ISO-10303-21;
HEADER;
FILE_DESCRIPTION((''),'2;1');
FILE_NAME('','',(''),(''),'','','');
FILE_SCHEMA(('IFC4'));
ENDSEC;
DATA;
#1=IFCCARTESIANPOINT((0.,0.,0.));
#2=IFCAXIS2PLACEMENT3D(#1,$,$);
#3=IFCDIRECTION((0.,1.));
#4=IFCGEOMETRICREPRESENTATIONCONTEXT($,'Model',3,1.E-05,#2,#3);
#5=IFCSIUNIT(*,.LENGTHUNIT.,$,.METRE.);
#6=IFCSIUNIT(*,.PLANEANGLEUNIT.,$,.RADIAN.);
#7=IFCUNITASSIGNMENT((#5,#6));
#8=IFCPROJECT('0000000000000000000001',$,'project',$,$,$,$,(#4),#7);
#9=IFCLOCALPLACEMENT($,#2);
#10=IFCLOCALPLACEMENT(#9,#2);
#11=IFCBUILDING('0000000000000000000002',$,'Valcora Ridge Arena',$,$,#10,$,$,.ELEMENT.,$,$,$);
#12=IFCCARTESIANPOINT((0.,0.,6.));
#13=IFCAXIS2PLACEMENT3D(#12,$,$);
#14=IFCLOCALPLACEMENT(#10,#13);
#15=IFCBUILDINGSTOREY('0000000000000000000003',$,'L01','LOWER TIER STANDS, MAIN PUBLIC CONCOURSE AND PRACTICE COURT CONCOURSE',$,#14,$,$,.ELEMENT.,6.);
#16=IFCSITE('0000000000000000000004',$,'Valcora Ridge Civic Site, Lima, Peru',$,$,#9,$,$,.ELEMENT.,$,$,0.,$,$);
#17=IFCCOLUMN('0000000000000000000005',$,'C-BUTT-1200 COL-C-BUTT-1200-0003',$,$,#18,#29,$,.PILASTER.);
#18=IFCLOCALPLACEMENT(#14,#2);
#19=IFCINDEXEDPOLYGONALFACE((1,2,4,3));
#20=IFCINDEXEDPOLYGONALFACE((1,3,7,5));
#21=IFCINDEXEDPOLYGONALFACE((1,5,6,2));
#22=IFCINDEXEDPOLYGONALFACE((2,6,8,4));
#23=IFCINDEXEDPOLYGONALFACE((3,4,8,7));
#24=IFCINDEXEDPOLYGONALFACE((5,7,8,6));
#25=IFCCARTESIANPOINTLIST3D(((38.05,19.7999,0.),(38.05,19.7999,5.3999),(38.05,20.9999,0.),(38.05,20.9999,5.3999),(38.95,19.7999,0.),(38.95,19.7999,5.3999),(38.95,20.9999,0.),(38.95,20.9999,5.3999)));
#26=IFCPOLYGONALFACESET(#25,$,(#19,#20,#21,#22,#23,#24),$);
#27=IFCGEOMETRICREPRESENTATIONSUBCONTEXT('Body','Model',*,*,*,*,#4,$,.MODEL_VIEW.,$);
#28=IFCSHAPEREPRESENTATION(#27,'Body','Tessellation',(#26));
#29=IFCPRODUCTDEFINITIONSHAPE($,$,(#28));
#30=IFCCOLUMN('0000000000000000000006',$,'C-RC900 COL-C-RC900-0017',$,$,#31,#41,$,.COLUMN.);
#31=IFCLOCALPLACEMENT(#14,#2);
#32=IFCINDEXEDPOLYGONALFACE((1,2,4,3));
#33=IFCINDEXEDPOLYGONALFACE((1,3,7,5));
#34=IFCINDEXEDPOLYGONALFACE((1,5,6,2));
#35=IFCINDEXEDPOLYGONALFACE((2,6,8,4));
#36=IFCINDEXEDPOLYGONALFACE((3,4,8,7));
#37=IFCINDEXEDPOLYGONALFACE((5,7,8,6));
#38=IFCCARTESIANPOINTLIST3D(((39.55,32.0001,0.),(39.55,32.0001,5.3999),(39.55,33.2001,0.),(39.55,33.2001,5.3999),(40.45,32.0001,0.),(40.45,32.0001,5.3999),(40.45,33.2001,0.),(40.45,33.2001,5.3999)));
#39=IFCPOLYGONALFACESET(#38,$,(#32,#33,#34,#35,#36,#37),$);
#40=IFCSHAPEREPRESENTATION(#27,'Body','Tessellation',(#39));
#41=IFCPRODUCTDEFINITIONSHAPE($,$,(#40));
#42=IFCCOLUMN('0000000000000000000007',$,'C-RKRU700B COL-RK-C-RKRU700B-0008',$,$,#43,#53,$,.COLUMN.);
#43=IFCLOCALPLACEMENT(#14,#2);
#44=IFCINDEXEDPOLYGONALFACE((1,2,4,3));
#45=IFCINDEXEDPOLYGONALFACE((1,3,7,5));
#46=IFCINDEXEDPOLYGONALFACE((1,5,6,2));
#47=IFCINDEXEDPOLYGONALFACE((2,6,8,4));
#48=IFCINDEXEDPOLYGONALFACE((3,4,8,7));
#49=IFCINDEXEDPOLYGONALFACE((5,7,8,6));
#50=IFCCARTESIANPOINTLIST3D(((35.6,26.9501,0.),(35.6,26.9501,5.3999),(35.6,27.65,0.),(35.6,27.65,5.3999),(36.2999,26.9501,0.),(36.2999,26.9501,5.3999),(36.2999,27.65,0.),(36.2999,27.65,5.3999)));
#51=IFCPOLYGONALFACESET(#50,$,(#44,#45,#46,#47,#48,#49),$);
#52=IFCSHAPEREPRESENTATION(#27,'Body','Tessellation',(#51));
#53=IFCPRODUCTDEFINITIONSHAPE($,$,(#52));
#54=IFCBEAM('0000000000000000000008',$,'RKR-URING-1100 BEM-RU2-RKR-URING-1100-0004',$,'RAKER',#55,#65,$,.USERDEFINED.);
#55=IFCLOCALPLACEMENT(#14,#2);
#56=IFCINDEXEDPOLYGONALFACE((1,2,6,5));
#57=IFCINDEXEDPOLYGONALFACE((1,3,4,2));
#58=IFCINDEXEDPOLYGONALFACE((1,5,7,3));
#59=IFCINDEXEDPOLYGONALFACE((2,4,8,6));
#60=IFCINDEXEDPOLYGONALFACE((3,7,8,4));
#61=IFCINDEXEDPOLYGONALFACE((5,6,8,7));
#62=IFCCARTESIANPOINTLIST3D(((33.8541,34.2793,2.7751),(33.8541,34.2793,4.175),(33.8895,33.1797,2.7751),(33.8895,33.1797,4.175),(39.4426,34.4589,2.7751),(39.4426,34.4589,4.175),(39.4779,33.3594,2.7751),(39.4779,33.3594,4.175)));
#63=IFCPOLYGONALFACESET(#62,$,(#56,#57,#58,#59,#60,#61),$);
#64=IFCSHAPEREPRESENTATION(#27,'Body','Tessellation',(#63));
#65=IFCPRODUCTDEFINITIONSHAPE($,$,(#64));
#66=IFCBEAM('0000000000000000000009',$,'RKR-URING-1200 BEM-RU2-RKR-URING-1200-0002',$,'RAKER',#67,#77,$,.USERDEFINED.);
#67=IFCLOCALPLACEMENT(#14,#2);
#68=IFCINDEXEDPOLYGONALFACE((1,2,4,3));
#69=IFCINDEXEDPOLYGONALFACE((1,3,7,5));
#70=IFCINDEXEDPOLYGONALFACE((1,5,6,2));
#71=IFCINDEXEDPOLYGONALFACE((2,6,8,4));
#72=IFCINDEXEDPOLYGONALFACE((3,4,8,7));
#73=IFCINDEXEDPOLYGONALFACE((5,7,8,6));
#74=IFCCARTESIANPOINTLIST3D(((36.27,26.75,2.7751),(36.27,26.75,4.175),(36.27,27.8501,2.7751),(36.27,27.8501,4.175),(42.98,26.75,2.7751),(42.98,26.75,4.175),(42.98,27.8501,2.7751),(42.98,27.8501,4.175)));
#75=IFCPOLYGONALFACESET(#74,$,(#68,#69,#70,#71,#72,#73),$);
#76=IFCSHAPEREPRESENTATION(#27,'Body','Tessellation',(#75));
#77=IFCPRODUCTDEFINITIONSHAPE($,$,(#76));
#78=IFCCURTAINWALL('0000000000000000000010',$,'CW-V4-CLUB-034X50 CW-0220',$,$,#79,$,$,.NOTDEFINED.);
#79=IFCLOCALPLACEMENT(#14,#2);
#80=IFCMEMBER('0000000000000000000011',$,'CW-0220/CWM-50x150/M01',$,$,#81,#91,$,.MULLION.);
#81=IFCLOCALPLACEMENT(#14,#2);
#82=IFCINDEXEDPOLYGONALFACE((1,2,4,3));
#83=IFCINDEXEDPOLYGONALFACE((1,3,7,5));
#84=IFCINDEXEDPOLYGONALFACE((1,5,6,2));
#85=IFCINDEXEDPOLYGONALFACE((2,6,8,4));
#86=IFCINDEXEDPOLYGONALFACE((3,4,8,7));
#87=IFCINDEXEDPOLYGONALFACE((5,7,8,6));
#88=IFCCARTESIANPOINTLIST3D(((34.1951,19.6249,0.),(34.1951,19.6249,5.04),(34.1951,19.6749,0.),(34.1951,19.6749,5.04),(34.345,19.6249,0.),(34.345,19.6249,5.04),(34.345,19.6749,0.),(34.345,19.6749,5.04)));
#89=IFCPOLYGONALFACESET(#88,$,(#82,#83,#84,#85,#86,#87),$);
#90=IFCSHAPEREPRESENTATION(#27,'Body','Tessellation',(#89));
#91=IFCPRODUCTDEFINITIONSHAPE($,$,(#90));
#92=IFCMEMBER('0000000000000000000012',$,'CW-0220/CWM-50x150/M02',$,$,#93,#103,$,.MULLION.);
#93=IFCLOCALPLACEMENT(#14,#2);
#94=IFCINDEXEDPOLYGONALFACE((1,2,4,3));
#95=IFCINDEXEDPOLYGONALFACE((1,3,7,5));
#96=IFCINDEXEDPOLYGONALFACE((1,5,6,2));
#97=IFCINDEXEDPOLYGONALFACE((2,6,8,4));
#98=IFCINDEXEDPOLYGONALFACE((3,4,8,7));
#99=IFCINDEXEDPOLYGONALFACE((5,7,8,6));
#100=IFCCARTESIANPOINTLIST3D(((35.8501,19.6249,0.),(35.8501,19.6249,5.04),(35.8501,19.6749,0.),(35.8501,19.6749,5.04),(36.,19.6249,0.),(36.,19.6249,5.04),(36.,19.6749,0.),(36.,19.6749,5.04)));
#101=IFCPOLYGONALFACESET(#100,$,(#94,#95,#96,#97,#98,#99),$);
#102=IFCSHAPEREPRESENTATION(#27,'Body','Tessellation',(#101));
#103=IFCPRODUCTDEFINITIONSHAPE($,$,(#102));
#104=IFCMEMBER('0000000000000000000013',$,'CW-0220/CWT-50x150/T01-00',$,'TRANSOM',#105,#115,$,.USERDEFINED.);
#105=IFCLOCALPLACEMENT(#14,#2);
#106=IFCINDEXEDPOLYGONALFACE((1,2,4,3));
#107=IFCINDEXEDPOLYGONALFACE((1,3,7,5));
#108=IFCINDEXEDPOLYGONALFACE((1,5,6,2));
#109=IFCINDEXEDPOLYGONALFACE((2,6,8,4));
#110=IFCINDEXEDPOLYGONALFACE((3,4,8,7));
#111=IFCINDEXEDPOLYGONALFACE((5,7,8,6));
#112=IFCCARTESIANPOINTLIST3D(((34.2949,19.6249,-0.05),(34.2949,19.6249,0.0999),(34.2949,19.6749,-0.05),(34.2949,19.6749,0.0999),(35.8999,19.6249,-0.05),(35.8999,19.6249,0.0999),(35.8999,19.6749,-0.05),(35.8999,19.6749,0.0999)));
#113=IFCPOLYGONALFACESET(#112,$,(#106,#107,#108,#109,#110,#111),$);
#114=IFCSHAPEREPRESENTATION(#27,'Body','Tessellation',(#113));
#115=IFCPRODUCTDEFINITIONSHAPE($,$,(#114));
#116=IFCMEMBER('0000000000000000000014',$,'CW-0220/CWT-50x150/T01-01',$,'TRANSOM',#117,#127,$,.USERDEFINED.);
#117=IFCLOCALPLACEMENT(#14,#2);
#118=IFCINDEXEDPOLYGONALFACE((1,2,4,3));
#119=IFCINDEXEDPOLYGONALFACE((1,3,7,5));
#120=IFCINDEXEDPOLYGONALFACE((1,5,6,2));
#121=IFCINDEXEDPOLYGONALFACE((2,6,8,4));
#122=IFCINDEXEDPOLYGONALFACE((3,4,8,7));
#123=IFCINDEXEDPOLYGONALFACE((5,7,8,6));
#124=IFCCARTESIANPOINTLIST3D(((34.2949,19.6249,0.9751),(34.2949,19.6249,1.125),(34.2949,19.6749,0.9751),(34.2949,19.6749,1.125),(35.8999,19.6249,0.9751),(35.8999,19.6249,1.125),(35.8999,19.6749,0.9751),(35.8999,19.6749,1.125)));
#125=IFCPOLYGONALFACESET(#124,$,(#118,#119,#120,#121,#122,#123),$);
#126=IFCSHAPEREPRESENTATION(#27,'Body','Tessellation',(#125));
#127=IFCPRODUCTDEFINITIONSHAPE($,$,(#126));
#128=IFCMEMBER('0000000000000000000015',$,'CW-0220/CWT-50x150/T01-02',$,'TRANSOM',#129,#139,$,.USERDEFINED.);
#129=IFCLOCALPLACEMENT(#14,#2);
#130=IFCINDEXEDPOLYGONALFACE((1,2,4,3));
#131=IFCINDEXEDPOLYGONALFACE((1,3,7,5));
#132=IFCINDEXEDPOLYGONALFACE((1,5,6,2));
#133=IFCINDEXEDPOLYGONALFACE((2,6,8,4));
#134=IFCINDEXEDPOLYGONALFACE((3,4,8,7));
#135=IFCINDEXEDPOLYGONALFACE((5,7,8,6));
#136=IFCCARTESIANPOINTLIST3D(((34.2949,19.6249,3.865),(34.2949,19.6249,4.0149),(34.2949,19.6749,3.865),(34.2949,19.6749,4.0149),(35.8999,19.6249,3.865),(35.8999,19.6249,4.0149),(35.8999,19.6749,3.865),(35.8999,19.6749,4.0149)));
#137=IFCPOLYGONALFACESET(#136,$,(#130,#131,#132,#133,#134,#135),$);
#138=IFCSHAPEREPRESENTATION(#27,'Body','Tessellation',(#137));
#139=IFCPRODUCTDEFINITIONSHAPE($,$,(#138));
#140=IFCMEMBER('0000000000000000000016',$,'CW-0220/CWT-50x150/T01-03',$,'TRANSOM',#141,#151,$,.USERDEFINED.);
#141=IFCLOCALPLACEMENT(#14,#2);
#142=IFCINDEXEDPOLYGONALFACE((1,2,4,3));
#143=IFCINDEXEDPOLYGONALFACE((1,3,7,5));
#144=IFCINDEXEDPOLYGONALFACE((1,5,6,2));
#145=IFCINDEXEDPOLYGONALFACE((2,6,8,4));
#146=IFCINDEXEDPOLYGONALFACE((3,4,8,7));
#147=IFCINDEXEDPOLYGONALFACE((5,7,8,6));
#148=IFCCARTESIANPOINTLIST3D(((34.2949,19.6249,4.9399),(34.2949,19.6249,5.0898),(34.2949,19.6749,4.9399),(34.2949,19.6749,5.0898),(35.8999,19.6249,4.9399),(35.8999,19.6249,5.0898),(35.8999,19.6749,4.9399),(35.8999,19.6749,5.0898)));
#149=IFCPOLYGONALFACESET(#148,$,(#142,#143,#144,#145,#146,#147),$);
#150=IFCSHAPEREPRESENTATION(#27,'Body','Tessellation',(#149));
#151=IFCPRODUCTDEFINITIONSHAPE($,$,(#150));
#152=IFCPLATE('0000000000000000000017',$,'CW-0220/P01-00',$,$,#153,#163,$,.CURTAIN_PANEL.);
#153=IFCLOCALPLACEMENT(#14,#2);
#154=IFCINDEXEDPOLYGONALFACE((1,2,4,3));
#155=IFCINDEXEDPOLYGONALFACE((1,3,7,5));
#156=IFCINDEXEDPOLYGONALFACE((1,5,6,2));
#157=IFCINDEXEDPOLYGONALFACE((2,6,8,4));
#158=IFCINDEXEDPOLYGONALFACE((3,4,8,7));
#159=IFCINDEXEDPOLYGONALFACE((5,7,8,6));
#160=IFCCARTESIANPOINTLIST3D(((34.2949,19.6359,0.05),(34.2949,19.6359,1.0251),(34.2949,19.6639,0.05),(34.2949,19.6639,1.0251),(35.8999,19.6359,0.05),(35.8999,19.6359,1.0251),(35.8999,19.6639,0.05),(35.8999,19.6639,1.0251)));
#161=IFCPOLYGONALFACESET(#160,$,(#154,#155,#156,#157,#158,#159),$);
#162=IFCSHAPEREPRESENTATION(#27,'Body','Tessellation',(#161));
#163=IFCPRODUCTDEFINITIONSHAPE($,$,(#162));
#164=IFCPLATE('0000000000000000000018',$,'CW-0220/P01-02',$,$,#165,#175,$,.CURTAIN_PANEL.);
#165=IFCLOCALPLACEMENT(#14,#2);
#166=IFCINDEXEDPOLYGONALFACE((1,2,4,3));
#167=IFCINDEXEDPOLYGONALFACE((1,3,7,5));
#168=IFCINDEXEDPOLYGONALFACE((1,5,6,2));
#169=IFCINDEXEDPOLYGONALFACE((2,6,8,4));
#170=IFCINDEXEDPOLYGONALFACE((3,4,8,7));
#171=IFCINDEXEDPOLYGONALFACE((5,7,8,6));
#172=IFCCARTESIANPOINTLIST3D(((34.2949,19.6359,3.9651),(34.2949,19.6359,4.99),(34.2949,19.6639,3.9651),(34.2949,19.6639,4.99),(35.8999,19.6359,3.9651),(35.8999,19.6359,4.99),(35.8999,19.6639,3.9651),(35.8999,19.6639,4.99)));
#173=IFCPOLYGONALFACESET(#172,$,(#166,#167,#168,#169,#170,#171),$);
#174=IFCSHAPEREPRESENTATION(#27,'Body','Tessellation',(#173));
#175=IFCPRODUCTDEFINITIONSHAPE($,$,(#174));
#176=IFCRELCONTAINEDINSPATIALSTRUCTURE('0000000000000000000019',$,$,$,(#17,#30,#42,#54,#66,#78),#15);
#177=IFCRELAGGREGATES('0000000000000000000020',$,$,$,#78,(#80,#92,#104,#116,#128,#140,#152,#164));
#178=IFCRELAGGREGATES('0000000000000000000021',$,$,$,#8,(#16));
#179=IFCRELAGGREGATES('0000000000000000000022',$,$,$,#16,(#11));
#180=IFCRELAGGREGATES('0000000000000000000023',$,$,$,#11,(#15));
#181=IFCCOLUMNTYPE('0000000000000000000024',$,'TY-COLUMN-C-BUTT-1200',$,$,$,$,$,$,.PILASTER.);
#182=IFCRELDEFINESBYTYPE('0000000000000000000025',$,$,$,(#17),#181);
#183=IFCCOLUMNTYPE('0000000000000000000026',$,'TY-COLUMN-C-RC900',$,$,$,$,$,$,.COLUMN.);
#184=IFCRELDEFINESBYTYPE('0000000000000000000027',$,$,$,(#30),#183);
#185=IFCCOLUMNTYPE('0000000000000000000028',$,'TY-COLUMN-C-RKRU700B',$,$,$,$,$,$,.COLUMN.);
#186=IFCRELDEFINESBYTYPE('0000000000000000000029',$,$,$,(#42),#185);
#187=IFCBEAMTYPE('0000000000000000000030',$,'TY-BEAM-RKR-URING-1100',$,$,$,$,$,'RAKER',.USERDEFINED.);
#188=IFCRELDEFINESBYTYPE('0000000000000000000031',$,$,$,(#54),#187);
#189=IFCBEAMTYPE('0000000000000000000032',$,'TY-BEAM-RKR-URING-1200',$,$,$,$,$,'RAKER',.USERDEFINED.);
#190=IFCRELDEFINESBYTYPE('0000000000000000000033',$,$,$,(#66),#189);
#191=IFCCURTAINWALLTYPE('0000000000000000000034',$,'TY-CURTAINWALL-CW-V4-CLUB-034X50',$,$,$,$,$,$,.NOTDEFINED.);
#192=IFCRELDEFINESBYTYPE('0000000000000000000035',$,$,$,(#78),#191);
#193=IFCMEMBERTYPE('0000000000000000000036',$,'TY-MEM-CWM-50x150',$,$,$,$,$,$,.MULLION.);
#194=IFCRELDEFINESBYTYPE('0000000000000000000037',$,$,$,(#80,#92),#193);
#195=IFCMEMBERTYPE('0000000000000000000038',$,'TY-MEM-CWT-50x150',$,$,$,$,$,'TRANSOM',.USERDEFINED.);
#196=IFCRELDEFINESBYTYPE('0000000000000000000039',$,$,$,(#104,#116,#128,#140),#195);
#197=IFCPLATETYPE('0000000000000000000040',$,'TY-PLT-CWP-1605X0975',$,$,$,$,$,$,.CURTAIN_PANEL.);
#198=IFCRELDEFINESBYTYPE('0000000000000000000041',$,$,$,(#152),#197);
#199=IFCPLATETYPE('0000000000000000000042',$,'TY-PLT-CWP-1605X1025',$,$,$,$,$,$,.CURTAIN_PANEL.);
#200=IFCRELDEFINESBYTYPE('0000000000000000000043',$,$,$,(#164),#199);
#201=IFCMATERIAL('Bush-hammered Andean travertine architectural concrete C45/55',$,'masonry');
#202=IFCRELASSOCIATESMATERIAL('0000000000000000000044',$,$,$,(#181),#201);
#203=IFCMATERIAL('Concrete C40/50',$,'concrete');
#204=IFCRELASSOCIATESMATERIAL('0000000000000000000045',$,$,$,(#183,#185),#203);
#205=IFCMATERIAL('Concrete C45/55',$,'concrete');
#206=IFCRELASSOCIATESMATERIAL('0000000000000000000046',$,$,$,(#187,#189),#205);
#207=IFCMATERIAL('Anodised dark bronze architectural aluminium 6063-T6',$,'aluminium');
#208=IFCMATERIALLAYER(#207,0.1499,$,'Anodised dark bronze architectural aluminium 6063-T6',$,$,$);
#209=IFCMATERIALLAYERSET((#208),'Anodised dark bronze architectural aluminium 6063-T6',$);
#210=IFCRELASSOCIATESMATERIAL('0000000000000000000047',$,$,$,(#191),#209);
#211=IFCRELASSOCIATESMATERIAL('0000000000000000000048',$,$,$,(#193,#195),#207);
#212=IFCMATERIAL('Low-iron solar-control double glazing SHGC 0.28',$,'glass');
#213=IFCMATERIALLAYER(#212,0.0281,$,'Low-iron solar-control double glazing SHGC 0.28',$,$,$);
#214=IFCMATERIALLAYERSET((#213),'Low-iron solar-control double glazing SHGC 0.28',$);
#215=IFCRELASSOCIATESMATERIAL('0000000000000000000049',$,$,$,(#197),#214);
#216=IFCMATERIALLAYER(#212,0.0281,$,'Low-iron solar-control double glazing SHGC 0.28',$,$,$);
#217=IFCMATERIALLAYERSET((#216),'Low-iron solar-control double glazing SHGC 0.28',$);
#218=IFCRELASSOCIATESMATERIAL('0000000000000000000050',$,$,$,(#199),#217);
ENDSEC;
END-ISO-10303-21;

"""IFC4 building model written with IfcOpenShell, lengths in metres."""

from ifc_helpers import new_model, si_unit, direction, frame, origin, origin_2d, place, context, subcontext, project, spatial, rectangle, extrude, material, layer, layer_set, material_profile, profile_set, type_object, element, aggregate, save


model = new_model("IFC4")

# Units and contexts
model_context = context("Model", 3, precision=1e-05, world=origin(), true_north=direction((0.0, 1.0)))
body_context = subcontext(model_context, "Body", "Model", "MODEL_VIEW")
ifc_project = project(units=[si_unit("LENGTHUNIT", "METRE"), si_unit("PLANEANGLEUNIT", "RADIAN")], contexts=[model_context])

# Site, building, storey
site_placement = place(None, origin())
site = spatial("IfcSite", under=ifc_project, at=site_placement, Name="Valcora Ridge Civic Site, Lima, Peru", CompositionType="ELEMENT", RefElevation=0.0)
building_placement = place(site_placement, origin())
building = spatial("IfcBuilding", under=site, at=building_placement, Name="Valcora Ridge Arena", CompositionType="ELEMENT")
storey_placement = place(building_placement, frame((0.0, 0.0, 6.0)))
storey = spatial("IfcBuildingStorey", under=building, at=storey_placement, Name="L01", Description="LOWER TIER STANDS, MAIN PUBLIC CONCOURSE AND PRACTICE COURT CONCOURSE", CompositionType="ELEMENT", Elevation=6.0)

# Columns
ifc_material_1 = material(Name="Bush-hammered Andean travertine architectural concrete C45/55", Category="masonry")
ifc_material_profile_1 = material_profile(ifc_material_1, rectangle(XDim=0.8999, YDim=1.2, at=origin_2d()), Name="RC 900x1200")
ifc_profile_set_1 = profile_set([ifc_material_profile_1], Name="Bush-hammered Andean travertine architectural concrete C45/55")
column_type_1 = type_object("IfcColumnType", Name="TY-COLUMN-C-BUTT-1200", PredefinedType="PILASTER", material=ifc_profile_set_1)
column_1_placement = place(storey_placement, frame((38.5, 20.3999, 0.0), z_axis=(0.0, 0.0, 1.0), x_axis=(1.0, 0.0, 0.0)))
element("IfcColumn", 1, at=column_1_placement, inside=storey, type_object=column_type_1, Name="C-BUTT-1200 COL-C-BUTT-1200-0003", PredefinedType="PILASTER", context=body_context, shape_type="SweptSolid", body=[
    extrude(rectangle(XDim=0.8999, YDim=1.2, at=origin_2d()), origin(), (0.0, 0.0, 1.0), 5.3999),
])
ifc_material_2 = material(Name="Concrete C40/50", Category="concrete")
ifc_material_profile_2 = material_profile(ifc_material_2, rectangle(XDim=0.8999, YDim=1.2, at=origin_2d()), Name="RC 900x1200")
ifc_profile_set_2 = profile_set([ifc_material_profile_2], Name="Concrete C40/50")
column_type_2 = type_object("IfcColumnType", Name="TY-COLUMN-C-RC900", PredefinedType="COLUMN", material=ifc_profile_set_2)
column_2_placement = place(storey_placement, frame((40.0, 32.6001, 0.0), z_axis=(0.0, 0.0, 1.0), x_axis=(1.0, 0.0, 0.0)))
element("IfcColumn", 2, at=column_2_placement, inside=storey, type_object=column_type_2, Name="C-RC900 COL-C-RC900-0017", PredefinedType="COLUMN", context=body_context, shape_type="SweptSolid", body=[
    extrude(rectangle(XDim=0.8999, YDim=1.2, at=origin_2d()), origin(), (0.0, 0.0, 1.0), 5.3999),
])
ifc_material_profile_3 = material_profile(ifc_material_2, rectangle(XDim=0.7, YDim=0.7, at=origin_2d()), Name="RC 700x700")
ifc_profile_set_3 = profile_set([ifc_material_profile_3], Name="Concrete C40/50")
column_type_3 = type_object("IfcColumnType", Name="TY-COLUMN-C-RKRU700B", PredefinedType="COLUMN", material=ifc_profile_set_3)
column_3_placement = place(storey_placement, frame((35.95, 27.3, 0.0), z_axis=(0.0, 0.0, 1.0), x_axis=(1.0, 0.0, 0.0)))
element("IfcColumn", 3, at=column_3_placement, inside=storey, type_object=column_type_3, Name="C-RKRU700B COL-RK-C-RKRU700B-0008", PredefinedType="COLUMN", context=body_context, shape_type="SweptSolid", body=[
    extrude(rectangle(XDim=0.7, YDim=0.7, at=origin_2d()), origin(), (0.0, 0.0, 1.0), 5.3999),
])

# Beams
ifc_material_3 = material(Name="Concrete C45/55", Category="concrete")
ifc_material_profile_4 = material_profile(ifc_material_3, rectangle(XDim=1.1001, YDim=1.3999, at=origin_2d()), Name="RC 1100x1400")
ifc_profile_set_4 = profile_set([ifc_material_profile_4], Name="Concrete C45/55")
beam_type_1 = type_object("IfcBeamType", Name="TY-BEAM-RKR-URING-1100", ElementType="RAKER", PredefinedType="USERDEFINED", material=ifc_profile_set_4)
beam_1_placement = place(storey_placement, frame((33.8718, 33.7295, 3.4751), z_axis=(0.999483, 0.032137, 0.0), x_axis=(-0.032137, 0.999483, 0.0)))
element("IfcBeam", 4, at=beam_1_placement, inside=storey, type_object=beam_type_1, Name="RKR-URING-1100 BEM-RU2-RKR-URING-1100-0004", ObjectType="RAKER", PredefinedType="USERDEFINED", context=body_context, shape_type="SweptSolid", body=[
    extrude(rectangle(XDim=1.1001, YDim=1.3999, at=origin_2d()), origin(), (0.0, 0.0, 1.0), 5.5913),
])
ifc_material_profile_5 = material_profile(ifc_material_3, rectangle(XDim=1.1001, YDim=1.3999, at=origin_2d()), Name="RC 1100x1400")
ifc_profile_set_5 = profile_set([ifc_material_profile_5], Name="Concrete C45/55")
beam_type_2 = type_object("IfcBeamType", Name="TY-BEAM-RKR-URING-1200", ElementType="RAKER", PredefinedType="USERDEFINED", material=ifc_profile_set_5)
beam_2_placement = place(storey_placement, frame((36.27, 27.3, 3.4751), z_axis=(1.0, 0.0, 0.0), x_axis=(0.0, 1.0, 0.0)))
element("IfcBeam", 5, at=beam_2_placement, inside=storey, type_object=beam_type_2, Name="RKR-URING-1200 BEM-RU2-RKR-URING-1200-0002", ObjectType="RAKER", PredefinedType="USERDEFINED", context=body_context, shape_type="SweptSolid", body=[
    extrude(rectangle(XDim=1.1001, YDim=1.3999, at=origin_2d()), origin(), (0.0, 0.0, 1.0), 6.71),
])

# Curtain wall, members, plates
ifc_material_4 = material(Name="Anodised dark bronze architectural aluminium 6063-T6", Category="aluminium")
ifc_layer_1 = layer(ifc_material_4, 0.1499, Name="Anodised dark bronze architectural aluminium 6063-T6")
ifc_layer_set_1 = layer_set([ifc_layer_1], Name="Anodised dark bronze architectural aluminium 6063-T6")
curtain_wall_type = type_object("IfcCurtainWallType", Name="TY-CURTAINWALL-CW-V4-CLUB-034X50", PredefinedType="NOTDEFINED", material=ifc_layer_set_1)
curtain_wall_placement = place(storey_placement, origin())
curtain_wall = element("IfcCurtainWall", 6, at=curtain_wall_placement, inside=storey, type_object=curtain_wall_type, Name="CW-V4-CLUB-034X50 CW-0220", PredefinedType="NOTDEFINED")
ifc_material_profile_6 = material_profile(ifc_material_4, rectangle(XDim=0.05, YDim=0.1499, at=origin_2d()), Name="ALU MULLION 50x150")
ifc_profile_set_6 = profile_set([ifc_material_profile_6], Name="Anodised dark bronze architectural aluminium 6063-T6")
member_type_1 = type_object("IfcMemberType", Name="TY-MEM-CWM-50x150", PredefinedType="MULLION", material=ifc_profile_set_6)
member_1_placement = place(storey_placement, frame((34.27, 19.6499, 0.0), z_axis=(0.0, 0.0, 1.0), x_axis=(0.0, 1.0, 0.0)))
member_1 = element("IfcMember", 7, at=member_1_placement, type_object=member_type_1, Name="CW-0220/CWM-50x150/M01", PredefinedType="MULLION", context=body_context, shape_type="SweptSolid", body=[
    extrude(rectangle(XDim=0.05, YDim=0.1499, at=origin_2d()), origin(), (0.0, 0.0, 1.0), 5.04),
])
member_2_placement = place(storey_placement, frame((35.925, 19.6499, 0.0), z_axis=(0.0, 0.0, 1.0), x_axis=(0.0, 1.0, 0.0)))
member_2 = element("IfcMember", 8, at=member_2_placement, type_object=member_type_1, Name="CW-0220/CWM-50x150/M02", PredefinedType="MULLION", context=body_context, shape_type="SweptSolid", body=[
    extrude(rectangle(XDim=0.05, YDim=0.1499, at=origin_2d()), origin(), (0.0, 0.0, 1.0), 5.04),
])
ifc_material_profile_7 = material_profile(ifc_material_4, rectangle(XDim=0.05, YDim=0.1499, at=origin_2d()), Name="ALU TRANSOM 50x150")
ifc_profile_set_7 = profile_set([ifc_material_profile_7], Name="Anodised dark bronze architectural aluminium 6063-T6")
member_type_2 = type_object("IfcMemberType", Name="TY-MEM-CWT-50x150", ElementType="TRANSOM", PredefinedType="USERDEFINED", material=ifc_profile_set_7)
member_3_placement = place(storey_placement, frame((34.2949, 19.6499, 0.0249), z_axis=(1.0, 0.0, 0.0), x_axis=(0.0, 1.0, 0.0)))
member_3 = element("IfcMember", 9, at=member_3_placement, type_object=member_type_2, Name="CW-0220/CWT-50x150/T01-00", ObjectType="TRANSOM", PredefinedType="USERDEFINED", context=body_context, shape_type="SweptSolid", body=[
    extrude(rectangle(XDim=0.05, YDim=0.1499, at=origin_2d()), origin(), (0.0, 0.0, 1.0), 1.605),
])
member_4_placement = place(storey_placement, frame((34.2949, 19.6499, 1.05), z_axis=(1.0, 0.0, 0.0), x_axis=(0.0, 1.0, 0.0)))
member_4 = element("IfcMember", 10, at=member_4_placement, type_object=member_type_2, Name="CW-0220/CWT-50x150/T01-01", ObjectType="TRANSOM", PredefinedType="USERDEFINED", context=body_context, shape_type="SweptSolid", body=[
    extrude(rectangle(XDim=0.05, YDim=0.1499, at=origin_2d()), origin(), (0.0, 0.0, 1.0), 1.605),
])
member_5_placement = place(storey_placement, frame((34.2949, 19.6499, 3.9399), z_axis=(1.0, 0.0, 0.0), x_axis=(0.0, 1.0, 0.0)))
member_5 = element("IfcMember", 11, at=member_5_placement, type_object=member_type_2, Name="CW-0220/CWT-50x150/T01-02", ObjectType="TRANSOM", PredefinedType="USERDEFINED", context=body_context, shape_type="SweptSolid", body=[
    extrude(rectangle(XDim=0.05, YDim=0.1499, at=origin_2d()), origin(), (0.0, 0.0, 1.0), 1.605),
])
member_6_placement = place(storey_placement, frame((34.2949, 19.6499, 5.0149), z_axis=(1.0, 0.0, 0.0), x_axis=(0.0, 1.0, 0.0)))
member_6 = element("IfcMember", 12, at=member_6_placement, type_object=member_type_2, Name="CW-0220/CWT-50x150/T01-03", ObjectType="TRANSOM", PredefinedType="USERDEFINED", context=body_context, shape_type="SweptSolid", body=[
    extrude(rectangle(XDim=0.05, YDim=0.1499, at=origin_2d()), origin(), (0.0, 0.0, 1.0), 1.605),
])
ifc_material_5 = material(Name="Low-iron solar-control double glazing SHGC 0.28", Category="glass")
ifc_layer_2 = layer(ifc_material_5, 0.0281, Name="Low-iron solar-control double glazing SHGC 0.28")
ifc_layer_set_2 = layer_set([ifc_layer_2], Name="Low-iron solar-control double glazing SHGC 0.28")
plate_type_1 = type_object("IfcPlateType", Name="TY-PLT-CWP-1605X0975", PredefinedType="CURTAIN_PANEL", material=ifc_layer_set_2)
plate_1_placement = place(storey_placement, frame((35.0974, 19.6499, 0.05), z_axis=(0.0, 0.0, 1.0), x_axis=(1.0, 0.0, 0.0)))
plate_1 = element("IfcPlate", 13, at=plate_1_placement, type_object=plate_type_1, Name="CW-0220/P01-00", PredefinedType="CURTAIN_PANEL", context=body_context, shape_type="SweptSolid", body=[
    extrude(rectangle(XDim=1.605, YDim=0.0281, at=origin_2d()), origin(), (0.0, 0.0, 1.0), 0.9751),
])
ifc_layer_3 = layer(ifc_material_5, 0.0281, Name="Low-iron solar-control double glazing SHGC 0.28")
ifc_layer_set_3 = layer_set([ifc_layer_3], Name="Low-iron solar-control double glazing SHGC 0.28")
plate_type_2 = type_object("IfcPlateType", Name="TY-PLT-CWP-1605X1025", PredefinedType="CURTAIN_PANEL", material=ifc_layer_set_3)
plate_2_placement = place(storey_placement, frame((35.0974, 19.6499, 3.9651), z_axis=(0.0, 0.0, 1.0), x_axis=(1.0, 0.0, 0.0)))
plate_2 = element("IfcPlate", 14, at=plate_2_placement, type_object=plate_type_2, Name="CW-0220/P01-02", PredefinedType="CURTAIN_PANEL", context=body_context, shape_type="SweptSolid", body=[
    extrude(rectangle(XDim=1.605, YDim=0.0281, at=origin_2d()), origin(), (0.0, 0.0, 1.0), 1.0249),
])
aggregate(curtain_wall, [member_1, member_2, member_3, member_4, member_5, member_6, plate_1, plate_2])

save(model, "model.ifc")
